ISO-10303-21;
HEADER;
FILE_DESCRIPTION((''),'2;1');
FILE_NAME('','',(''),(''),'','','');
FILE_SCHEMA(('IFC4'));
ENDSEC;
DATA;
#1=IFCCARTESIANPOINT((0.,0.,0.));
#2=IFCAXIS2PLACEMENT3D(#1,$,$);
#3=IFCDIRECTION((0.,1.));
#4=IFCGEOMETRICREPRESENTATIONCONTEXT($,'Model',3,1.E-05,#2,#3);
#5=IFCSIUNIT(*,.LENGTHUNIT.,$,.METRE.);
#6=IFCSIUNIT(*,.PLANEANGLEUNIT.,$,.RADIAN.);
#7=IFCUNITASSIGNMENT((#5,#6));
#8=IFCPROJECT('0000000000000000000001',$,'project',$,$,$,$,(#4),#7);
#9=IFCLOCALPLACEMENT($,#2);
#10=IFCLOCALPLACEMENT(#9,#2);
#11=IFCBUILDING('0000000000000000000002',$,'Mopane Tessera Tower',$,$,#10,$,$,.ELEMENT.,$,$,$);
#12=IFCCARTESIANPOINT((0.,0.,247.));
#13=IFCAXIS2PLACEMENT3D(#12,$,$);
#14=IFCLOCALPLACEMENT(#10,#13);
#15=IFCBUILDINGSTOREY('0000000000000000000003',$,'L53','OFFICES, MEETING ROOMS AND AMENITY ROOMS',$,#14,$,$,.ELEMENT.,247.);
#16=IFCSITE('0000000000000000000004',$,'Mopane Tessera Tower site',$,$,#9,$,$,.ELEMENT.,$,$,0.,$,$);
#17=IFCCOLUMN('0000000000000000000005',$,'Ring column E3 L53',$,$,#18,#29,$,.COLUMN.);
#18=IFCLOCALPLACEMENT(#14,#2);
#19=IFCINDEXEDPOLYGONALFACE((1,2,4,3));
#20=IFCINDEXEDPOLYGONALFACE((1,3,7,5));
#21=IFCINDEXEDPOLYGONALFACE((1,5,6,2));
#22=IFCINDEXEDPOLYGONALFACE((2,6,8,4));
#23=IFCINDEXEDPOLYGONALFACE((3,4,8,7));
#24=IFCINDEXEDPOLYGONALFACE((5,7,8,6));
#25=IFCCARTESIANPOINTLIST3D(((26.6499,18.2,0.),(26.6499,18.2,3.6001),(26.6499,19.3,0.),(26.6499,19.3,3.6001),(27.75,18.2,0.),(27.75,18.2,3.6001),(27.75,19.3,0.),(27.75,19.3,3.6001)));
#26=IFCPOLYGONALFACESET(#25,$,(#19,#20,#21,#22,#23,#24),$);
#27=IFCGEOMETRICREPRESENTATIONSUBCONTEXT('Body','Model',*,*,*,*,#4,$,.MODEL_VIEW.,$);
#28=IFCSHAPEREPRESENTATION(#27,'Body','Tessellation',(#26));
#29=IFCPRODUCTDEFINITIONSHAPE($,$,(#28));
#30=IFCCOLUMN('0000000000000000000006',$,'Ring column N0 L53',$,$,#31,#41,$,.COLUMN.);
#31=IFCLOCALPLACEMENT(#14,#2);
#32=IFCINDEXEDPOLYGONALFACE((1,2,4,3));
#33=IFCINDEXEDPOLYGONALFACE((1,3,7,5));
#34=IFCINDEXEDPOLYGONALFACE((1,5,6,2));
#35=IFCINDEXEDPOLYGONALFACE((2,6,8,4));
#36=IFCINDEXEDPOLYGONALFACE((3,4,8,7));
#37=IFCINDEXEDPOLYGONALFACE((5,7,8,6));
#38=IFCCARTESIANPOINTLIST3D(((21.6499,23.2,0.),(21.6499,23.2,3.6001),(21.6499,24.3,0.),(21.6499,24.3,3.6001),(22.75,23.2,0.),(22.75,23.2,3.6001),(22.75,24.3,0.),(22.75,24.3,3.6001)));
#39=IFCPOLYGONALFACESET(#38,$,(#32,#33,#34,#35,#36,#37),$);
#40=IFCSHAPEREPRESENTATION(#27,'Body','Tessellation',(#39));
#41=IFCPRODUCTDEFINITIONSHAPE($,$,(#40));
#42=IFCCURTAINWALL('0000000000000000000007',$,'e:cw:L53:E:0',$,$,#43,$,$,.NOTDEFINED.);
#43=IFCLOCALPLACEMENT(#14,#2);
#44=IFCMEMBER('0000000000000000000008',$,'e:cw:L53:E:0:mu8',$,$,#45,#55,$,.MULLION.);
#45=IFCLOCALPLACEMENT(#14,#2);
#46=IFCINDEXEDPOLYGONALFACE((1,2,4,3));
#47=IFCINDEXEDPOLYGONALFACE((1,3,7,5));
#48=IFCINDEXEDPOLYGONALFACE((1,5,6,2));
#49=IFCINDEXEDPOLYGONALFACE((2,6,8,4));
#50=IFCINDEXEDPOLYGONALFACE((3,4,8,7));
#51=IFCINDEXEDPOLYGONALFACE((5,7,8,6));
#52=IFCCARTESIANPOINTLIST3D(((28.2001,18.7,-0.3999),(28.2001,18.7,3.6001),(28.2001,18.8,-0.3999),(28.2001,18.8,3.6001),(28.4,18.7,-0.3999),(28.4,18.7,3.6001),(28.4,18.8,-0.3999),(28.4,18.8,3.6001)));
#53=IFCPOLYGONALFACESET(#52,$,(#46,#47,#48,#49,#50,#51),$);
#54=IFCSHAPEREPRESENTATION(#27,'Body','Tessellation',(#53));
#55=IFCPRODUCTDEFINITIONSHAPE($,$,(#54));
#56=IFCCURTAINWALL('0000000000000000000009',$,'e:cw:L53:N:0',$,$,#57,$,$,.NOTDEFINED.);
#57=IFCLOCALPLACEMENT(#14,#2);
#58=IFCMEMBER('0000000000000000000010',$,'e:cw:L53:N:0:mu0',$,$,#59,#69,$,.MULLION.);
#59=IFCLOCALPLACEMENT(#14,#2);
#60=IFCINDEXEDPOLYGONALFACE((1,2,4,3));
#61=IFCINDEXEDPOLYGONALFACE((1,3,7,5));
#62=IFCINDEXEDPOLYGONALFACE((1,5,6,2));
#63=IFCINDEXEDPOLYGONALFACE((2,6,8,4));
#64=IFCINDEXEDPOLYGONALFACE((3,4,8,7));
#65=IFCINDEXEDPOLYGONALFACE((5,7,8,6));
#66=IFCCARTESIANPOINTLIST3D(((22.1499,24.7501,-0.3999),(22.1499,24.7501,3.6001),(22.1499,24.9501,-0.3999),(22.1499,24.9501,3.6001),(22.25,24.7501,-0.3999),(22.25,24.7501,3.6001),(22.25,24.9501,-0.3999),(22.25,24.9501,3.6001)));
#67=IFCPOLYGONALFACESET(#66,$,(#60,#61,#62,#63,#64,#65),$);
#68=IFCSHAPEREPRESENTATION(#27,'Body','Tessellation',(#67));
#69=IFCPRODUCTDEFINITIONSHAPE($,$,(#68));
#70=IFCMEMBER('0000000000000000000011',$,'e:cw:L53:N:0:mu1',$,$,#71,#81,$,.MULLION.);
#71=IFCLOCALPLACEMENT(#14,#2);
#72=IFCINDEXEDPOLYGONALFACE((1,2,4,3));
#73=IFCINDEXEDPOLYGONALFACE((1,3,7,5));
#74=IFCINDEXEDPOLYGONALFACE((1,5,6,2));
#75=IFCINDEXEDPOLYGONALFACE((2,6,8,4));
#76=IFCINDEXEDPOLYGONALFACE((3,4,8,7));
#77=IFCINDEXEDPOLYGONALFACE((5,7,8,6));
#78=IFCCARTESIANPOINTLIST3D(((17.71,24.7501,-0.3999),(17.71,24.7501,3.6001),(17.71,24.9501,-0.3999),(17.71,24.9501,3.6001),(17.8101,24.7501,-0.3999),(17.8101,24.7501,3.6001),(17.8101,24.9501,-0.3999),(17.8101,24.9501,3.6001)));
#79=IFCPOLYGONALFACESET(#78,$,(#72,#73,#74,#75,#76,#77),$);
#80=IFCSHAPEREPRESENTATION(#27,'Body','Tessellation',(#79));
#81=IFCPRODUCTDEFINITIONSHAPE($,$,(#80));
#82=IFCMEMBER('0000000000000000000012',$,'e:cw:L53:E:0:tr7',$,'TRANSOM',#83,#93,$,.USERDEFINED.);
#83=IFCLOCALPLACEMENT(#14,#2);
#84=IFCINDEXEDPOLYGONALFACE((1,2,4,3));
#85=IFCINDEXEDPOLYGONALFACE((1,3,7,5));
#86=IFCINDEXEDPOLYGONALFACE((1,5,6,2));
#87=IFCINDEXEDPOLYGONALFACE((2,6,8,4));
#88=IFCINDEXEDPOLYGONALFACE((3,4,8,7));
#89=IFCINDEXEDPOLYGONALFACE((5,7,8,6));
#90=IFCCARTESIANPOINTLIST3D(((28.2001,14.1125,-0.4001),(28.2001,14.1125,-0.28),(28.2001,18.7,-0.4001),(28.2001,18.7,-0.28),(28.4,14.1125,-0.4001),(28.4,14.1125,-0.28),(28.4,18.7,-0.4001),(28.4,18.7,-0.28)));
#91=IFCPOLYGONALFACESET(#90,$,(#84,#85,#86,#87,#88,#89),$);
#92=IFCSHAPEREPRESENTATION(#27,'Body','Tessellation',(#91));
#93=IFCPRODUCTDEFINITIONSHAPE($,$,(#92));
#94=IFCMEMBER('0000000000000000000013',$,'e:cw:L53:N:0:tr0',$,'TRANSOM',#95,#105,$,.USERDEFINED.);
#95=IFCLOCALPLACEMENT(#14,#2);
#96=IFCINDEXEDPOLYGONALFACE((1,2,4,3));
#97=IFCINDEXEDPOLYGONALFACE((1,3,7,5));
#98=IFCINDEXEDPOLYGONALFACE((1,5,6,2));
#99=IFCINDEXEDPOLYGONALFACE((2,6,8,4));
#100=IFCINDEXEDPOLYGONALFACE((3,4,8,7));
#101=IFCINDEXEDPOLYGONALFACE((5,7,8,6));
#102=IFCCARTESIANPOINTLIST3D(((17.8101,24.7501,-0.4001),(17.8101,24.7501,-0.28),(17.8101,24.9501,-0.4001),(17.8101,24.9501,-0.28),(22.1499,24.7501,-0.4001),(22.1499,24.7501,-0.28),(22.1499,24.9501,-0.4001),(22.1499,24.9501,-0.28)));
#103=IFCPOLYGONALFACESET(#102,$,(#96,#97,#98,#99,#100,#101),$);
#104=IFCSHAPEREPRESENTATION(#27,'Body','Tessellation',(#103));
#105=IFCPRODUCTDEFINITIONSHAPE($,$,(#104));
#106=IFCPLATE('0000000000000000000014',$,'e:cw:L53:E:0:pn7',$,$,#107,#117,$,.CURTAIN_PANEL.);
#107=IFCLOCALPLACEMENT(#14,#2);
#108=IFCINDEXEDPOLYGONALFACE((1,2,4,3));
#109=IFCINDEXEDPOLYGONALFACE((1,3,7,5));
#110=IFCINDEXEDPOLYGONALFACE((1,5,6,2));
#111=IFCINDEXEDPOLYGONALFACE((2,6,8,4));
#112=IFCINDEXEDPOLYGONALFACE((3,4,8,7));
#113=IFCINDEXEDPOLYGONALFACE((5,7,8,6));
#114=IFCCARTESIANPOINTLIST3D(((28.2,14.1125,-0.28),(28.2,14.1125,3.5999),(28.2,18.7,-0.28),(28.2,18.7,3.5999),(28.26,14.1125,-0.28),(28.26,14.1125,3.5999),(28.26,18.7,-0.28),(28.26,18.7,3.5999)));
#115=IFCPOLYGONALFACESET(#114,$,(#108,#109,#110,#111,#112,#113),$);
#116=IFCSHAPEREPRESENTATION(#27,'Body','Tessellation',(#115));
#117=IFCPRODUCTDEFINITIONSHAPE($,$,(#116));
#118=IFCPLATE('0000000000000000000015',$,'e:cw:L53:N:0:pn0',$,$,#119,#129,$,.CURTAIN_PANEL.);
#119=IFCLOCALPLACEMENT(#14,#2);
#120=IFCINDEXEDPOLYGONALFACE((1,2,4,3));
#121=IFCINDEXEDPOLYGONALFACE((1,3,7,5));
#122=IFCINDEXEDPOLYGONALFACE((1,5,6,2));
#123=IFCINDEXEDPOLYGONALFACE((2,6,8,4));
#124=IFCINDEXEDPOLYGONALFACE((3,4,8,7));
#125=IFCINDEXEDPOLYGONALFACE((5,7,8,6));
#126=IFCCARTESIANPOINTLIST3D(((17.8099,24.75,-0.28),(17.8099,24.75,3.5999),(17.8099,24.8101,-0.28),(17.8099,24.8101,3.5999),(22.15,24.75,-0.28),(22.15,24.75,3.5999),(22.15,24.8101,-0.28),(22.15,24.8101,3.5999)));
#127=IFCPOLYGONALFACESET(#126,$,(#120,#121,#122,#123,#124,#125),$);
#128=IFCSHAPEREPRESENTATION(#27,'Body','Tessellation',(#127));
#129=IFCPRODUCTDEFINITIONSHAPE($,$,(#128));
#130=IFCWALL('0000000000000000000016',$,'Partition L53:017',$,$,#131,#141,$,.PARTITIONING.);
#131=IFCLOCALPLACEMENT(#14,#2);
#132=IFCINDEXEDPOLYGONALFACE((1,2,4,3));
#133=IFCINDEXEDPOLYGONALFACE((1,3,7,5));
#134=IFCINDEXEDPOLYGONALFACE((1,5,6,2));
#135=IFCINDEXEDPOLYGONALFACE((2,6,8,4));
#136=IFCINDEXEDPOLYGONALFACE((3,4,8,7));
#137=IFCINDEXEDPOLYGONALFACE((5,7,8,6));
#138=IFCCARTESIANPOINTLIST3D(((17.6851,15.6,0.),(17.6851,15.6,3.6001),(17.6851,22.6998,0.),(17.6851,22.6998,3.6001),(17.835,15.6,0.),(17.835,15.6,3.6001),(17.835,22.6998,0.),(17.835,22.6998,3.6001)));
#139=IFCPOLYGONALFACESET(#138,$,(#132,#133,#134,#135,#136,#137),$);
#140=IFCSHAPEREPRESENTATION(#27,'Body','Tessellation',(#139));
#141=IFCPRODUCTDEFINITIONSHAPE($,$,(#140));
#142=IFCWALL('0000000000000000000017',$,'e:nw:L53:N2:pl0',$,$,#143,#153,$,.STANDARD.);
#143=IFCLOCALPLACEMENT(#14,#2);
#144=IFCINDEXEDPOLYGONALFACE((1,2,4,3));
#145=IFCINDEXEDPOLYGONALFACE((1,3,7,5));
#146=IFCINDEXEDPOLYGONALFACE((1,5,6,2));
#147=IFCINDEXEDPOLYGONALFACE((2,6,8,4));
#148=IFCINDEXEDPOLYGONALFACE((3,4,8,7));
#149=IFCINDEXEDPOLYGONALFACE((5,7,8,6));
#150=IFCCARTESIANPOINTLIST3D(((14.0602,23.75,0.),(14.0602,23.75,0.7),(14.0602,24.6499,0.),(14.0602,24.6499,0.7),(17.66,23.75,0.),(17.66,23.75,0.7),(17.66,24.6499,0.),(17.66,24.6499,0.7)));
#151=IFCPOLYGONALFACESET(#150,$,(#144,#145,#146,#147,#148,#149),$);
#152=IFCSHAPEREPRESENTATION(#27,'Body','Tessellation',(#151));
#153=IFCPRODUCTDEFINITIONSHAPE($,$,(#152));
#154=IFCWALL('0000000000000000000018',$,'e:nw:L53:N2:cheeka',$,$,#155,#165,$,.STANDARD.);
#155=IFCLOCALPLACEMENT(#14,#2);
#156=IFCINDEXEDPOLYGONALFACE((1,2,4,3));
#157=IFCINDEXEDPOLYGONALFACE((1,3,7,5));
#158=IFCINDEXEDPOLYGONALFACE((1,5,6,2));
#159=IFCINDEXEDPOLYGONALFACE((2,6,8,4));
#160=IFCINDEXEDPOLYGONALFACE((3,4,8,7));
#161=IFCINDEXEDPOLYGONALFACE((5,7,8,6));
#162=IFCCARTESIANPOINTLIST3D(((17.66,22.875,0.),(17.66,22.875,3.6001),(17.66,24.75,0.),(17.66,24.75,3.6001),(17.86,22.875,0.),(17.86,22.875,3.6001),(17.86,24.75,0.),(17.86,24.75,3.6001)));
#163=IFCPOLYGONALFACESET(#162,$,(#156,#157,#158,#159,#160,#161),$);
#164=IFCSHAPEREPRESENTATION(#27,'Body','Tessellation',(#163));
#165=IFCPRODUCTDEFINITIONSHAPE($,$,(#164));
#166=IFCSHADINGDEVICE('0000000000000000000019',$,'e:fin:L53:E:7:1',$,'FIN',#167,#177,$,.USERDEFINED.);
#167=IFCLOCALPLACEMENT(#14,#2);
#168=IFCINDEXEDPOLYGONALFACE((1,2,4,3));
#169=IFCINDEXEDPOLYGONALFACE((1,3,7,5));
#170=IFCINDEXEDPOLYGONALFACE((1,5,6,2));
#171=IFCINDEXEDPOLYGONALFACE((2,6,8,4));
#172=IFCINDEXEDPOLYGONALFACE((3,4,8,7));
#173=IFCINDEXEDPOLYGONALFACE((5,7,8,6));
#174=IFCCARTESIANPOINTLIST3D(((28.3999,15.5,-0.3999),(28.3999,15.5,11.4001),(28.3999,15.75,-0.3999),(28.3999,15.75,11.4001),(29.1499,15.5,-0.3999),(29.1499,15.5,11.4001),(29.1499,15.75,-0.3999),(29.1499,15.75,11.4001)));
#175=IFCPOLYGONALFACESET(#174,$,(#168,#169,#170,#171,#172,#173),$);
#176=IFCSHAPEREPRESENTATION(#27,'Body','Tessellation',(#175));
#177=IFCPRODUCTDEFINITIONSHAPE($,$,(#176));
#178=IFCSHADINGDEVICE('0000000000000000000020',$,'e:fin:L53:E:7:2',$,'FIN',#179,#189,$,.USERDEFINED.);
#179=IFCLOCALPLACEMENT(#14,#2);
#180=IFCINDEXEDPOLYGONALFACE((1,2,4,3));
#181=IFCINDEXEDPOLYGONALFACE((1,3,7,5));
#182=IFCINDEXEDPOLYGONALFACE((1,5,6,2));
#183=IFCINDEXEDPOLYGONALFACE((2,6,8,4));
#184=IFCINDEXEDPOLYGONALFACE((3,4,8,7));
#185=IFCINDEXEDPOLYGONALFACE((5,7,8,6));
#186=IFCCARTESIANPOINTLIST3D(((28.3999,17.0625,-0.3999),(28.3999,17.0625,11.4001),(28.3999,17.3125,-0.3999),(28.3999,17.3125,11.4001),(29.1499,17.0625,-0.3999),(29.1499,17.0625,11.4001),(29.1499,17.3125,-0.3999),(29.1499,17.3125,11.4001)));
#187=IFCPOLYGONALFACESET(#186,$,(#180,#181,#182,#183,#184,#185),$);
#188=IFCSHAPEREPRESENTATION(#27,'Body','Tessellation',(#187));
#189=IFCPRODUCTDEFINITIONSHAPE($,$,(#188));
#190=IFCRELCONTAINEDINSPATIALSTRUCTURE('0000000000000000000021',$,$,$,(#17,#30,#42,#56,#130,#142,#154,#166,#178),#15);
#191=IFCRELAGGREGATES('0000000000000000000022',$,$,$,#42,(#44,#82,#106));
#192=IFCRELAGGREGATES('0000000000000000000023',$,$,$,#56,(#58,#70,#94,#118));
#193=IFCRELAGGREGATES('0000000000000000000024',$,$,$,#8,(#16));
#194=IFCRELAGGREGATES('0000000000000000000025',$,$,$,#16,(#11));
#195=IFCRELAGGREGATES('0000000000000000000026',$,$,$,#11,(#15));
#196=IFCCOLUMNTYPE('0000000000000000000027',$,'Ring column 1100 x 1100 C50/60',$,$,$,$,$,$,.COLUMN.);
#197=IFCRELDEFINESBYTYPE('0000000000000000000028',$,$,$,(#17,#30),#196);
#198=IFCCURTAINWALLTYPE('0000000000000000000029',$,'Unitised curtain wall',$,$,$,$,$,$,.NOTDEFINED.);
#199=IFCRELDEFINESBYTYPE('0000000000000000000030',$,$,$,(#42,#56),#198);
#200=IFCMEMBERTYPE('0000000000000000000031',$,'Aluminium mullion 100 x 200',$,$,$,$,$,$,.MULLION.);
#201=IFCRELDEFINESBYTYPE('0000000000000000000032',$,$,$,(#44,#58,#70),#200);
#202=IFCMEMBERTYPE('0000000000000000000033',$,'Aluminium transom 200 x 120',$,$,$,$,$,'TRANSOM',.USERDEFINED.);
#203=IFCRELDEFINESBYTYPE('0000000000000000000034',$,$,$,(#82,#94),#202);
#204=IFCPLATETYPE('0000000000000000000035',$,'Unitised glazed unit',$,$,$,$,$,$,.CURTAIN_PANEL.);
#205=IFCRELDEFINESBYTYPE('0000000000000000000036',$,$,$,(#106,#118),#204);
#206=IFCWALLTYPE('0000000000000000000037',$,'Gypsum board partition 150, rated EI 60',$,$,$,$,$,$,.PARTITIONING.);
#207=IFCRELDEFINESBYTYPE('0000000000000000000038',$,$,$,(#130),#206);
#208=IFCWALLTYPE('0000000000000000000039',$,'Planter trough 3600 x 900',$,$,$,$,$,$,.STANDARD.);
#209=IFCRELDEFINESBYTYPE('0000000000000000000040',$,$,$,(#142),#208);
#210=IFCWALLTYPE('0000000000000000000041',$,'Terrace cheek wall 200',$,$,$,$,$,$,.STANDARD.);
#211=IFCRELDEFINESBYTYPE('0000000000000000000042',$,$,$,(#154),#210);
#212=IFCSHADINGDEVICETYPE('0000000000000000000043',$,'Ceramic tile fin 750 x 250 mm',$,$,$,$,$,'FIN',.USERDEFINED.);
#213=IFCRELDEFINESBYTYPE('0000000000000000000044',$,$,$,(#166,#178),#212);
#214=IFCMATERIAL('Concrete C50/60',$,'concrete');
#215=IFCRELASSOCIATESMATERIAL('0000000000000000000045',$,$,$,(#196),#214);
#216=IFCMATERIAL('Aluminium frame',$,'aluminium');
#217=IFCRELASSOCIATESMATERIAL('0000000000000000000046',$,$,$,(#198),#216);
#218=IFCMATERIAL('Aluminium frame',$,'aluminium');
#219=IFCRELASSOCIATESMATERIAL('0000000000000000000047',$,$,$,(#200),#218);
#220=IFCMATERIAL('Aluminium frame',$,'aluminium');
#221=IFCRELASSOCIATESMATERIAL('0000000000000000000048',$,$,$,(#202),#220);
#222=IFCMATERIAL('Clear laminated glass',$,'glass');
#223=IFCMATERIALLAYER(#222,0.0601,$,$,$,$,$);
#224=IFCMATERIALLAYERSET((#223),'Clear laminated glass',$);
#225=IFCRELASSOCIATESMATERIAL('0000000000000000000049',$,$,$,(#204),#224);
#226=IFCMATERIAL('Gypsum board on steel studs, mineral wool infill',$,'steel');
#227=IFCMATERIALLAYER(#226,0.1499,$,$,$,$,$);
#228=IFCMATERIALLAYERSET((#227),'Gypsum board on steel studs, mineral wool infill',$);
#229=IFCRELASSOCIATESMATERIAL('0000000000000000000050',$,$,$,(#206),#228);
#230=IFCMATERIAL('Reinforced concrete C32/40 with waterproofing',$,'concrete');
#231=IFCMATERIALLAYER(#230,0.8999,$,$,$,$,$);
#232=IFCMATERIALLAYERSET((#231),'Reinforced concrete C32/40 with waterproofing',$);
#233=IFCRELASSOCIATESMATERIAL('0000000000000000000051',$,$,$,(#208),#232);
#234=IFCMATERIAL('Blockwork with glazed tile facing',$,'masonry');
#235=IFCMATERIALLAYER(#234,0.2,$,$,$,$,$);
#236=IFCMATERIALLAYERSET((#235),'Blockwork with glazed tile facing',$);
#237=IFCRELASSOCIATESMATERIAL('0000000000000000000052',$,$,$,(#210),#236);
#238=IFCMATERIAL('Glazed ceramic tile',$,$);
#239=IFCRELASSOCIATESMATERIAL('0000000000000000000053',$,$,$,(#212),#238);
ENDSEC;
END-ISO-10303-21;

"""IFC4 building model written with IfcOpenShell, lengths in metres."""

from ifc_helpers import new_model, si_unit, direction, frame, frame_2d, origin, origin_2d, place, context, subcontext, project, spatial, rectangle, extrude, material, layer, layer_set, material_profile, profile_set, type_object, element, aggregate, save


model = new_model("IFC4")

# Units and contexts
model_context = context("Model", 3, precision=1e-05, world=origin(), true_north=direction((0.0, 1.0)))
body_context = subcontext(model_context, "Body", "Model", "MODEL_VIEW")
ifc_project = project(units=[si_unit("LENGTHUNIT", "METRE"), si_unit("PLANEANGLEUNIT", "RADIAN")], contexts=[model_context])

# Site, building, storey
site_placement = place(None, origin())
site = spatial("IfcSite", under=ifc_project, at=site_placement, Name="Mopane Tessera Tower site", CompositionType="ELEMENT", RefElevation=0.0)
building_placement = place(site_placement, origin())
building = spatial("IfcBuilding", under=site, at=building_placement, Name="Mopane Tessera Tower", CompositionType="ELEMENT")
storey_placement = place(building_placement, frame((0.0, 0.0, 247.0)))
storey = spatial("IfcBuildingStorey", under=building, at=storey_placement, Name="L53", Description="OFFICES, MEETING ROOMS AND AMENITY ROOMS", CompositionType="ELEMENT", Elevation=247.0)

# Columns
ifc_material_1 = material(Name="Concrete C50/60", Category="concrete")
ifc_material_profile_1 = material_profile(ifc_material_1, rectangle(XDim=1.1001, YDim=1.1001, at=origin_2d()))
ifc_profile_set_1 = profile_set([ifc_material_profile_1], Name="Concrete C50/60")
column_type = type_object("IfcColumnType", Name="Ring column 1100 x 1100 C50/60", PredefinedType="COLUMN", material=ifc_profile_set_1)
for number, where, z_axis, x_axis, name in (
    (1, (27.2, 18.75, 0.0), (0.0, 0.0, 1.0), (1.0, 0.0, 0.0), "Ring column E3 L53"),
    (2, (22.2, 23.75, 0.0), (0.0, 0.0, 1.0), (1.0, 0.0, 0.0), "Ring column N0 L53"),
):
    element("IfcColumn", number, at=place(storey_placement, frame(where, z_axis=z_axis, x_axis=x_axis)), inside=storey, type_object=column_type, Name=name, PredefinedType="COLUMN", context=body_context, shape_type="SweptSolid", body=[
        extrude(rectangle(XDim=1.1001, YDim=1.1001, at=origin_2d()), origin(), (0.0, 0.0, 1.0), 3.6001),
    ])

# Curtain wall, member
ifc_material_2 = material(Name="Aluminium frame", Category="aluminium")
curtain_wall_type = type_object("IfcCurtainWallType", Name="Unitised curtain wall", PredefinedType="NOTDEFINED", material=ifc_material_2)
curtain_wall_1_placement = place(storey_placement, origin())
curtain_wall_1 = element("IfcCurtainWall", 3, at=curtain_wall_1_placement, inside=storey, type_object=curtain_wall_type, Name="e:cw:L53:E:0", PredefinedType="NOTDEFINED")
ifc_material_3 = material(Name="Aluminium frame", Category="aluminium")
ifc_material_profile_2 = material_profile(ifc_material_3, rectangle(XDim=0.1001, YDim=0.2, at=origin_2d()))
ifc_profile_set_2 = profile_set([ifc_material_profile_2], Name="Aluminium frame")
member_type_1 = type_object("IfcMemberType", Name="Aluminium mullion 100 x 200", PredefinedType="MULLION", material=ifc_profile_set_2)
member_1_placement = place(storey_placement, frame((28.3, 18.75, -0.3999), z_axis=(0.0, 0.0, 1.0), x_axis=(0.0, 1.0, 0.0)))
member_1 = element("IfcMember", 4, at=member_1_placement, type_object=member_type_1, Name="e:cw:L53:E:0:mu8", PredefinedType="MULLION", context=body_context, shape_type="SweptSolid", body=[
    extrude(rectangle(XDim=0.1001, YDim=0.2, at=origin_2d()), origin(), (0.0, 0.0, 1.0), 4.0),
])

# Curtain wall, members
curtain_wall_2_placement = place(storey_placement, origin())
curtain_wall_2 = element("IfcCurtainWall", 5, at=curtain_wall_2_placement, inside=storey, type_object=curtain_wall_type, Name="e:cw:L53:N:0", PredefinedType="NOTDEFINED")
member_2_placement = place(storey_placement, frame((22.2, 24.8501, -0.3999), z_axis=(0.0, 0.0, 1.0), x_axis=(-1.0, 0.0, 0.0)))
member_2 = element("IfcMember", 6, at=member_2_placement, type_object=member_type_1, Name="e:cw:L53:N:0:mu0", PredefinedType="MULLION", context=body_context, shape_type="SweptSolid", body=[
    extrude(rectangle(XDim=0.1001, YDim=0.2, at=origin_2d()), origin(), (0.0, 0.0, 1.0), 4.0),
])
member_3_placement = place(storey_placement, frame((17.76, 24.8501, -0.3999), z_axis=(0.0, 0.0, 1.0), x_axis=(-1.0, 0.0, 0.0)))
member_3 = element("IfcMember", 7, at=member_3_placement, type_object=member_type_1, Name="e:cw:L53:N:0:mu1", PredefinedType="MULLION", context=body_context, shape_type="SweptSolid", body=[
    extrude(rectangle(XDim=0.1001, YDim=0.2, at=origin_2d()), origin(), (0.0, 0.0, 1.0), 4.0),
])

# Members
ifc_material_4 = material(Name="Aluminium frame", Category="aluminium")
ifc_material_profile_3 = material_profile(ifc_material_4, rectangle(XDim=0.2, YDim=0.1201, at=origin_2d()))
ifc_profile_set_3 = profile_set([ifc_material_profile_3], Name="Aluminium frame")
member_type_2 = type_object("IfcMemberType", Name="Aluminium transom 200 x 120", ElementType="TRANSOM", PredefinedType="USERDEFINED", material=ifc_profile_set_3)
member_4_placement = place(storey_placement, frame((28.3, 14.1125, -0.3401), z_axis=(0.0, 1.0, 0.0), x_axis=(-1.0, 0.0, 0.0)))
member_4 = element("IfcMember", 8, at=member_4_placement, type_object=member_type_2, Name="e:cw:L53:E:0:tr7", ObjectType="TRANSOM", PredefinedType="USERDEFINED", context=body_context, shape_type="SweptSolid", body=[
    extrude(rectangle(XDim=0.2, YDim=0.1201, at=origin_2d()), origin(), (0.0, 0.0, 1.0), 4.5874),
])
member_5_placement = place(storey_placement, frame((22.1499, 24.8501, -0.3401), z_axis=(-1.0, 0.0, 0.0), x_axis=(0.0, -1.0, 0.0)))
member_5 = element("IfcMember", 9, at=member_5_placement, type_object=member_type_2, Name="e:cw:L53:N:0:tr0", ObjectType="TRANSOM", PredefinedType="USERDEFINED", context=body_context, shape_type="SweptSolid", body=[
    extrude(rectangle(XDim=0.2, YDim=0.1201, at=origin_2d()), origin(), (0.0, 0.0, 1.0), 4.3398),
])

# Plates
ifc_material_5 = material(Name="Clear laminated glass", Category="glass")
ifc_layer_1 = layer(ifc_material_5, 0.0601)
ifc_layer_set_1 = layer_set([ifc_layer_1], Name="Clear laminated glass")
plate_type = type_object("IfcPlateType", Name="Unitised glazed unit", PredefinedType="CURTAIN_PANEL", material=ifc_layer_set_1)
plate_1_placement = place(storey_placement, frame((28.23, 16.4062, -0.28), z_axis=(0.0, 0.0, 1.0), x_axis=(0.0, 1.0, 0.0)))
plate_1 = element("IfcPlate", 10, at=plate_1_placement, type_object=plate_type, Name="e:cw:L53:E:0:pn7", PredefinedType="CURTAIN_PANEL", context=body_context, shape_type="SweptSolid", body=[
    extrude(rectangle(XDim=4.5874, YDim=0.0601, at=origin_2d()), origin(), (0.0, 0.0, 1.0), 3.8799),
])
aggregate(curtain_wall_1, [member_1, member_4, plate_1])
plate_2_placement = place(storey_placement, frame((19.98, 24.78, -0.28), z_axis=(0.0, 0.0, 1.0), x_axis=(-1.0, 0.0, 0.0)))
plate_2 = element("IfcPlate", 11, at=plate_2_placement, type_object=plate_type, Name="e:cw:L53:N:0:pn0", PredefinedType="CURTAIN_PANEL", context=body_context, shape_type="SweptSolid", body=[
    extrude(rectangle(XDim=4.3401, YDim=0.0601, at=origin_2d()), origin(), (0.0, 0.0, 1.0), 3.8799),
])
aggregate(curtain_wall_2, [member_2, member_3, member_5, plate_2])

# Walls
ifc_material_6 = material(Name="Gypsum board on steel studs, mineral wool infill", Category="steel")
ifc_layer_2 = layer(ifc_material_6, 0.1499)
ifc_layer_set_2 = layer_set([ifc_layer_2], Name="Gypsum board on steel studs, mineral wool infill")
wall_type_1 = type_object("IfcWallType", Name="Gypsum board partition 150, rated EI 60", PredefinedType="PARTITIONING", material=ifc_layer_set_2)
wall_1_placement = place(storey_placement, frame((17.76, 15.6001, 0.0), z_axis=(0.0, 0.0, 1.0), x_axis=(0.0, 1.0, 0.0)))
element("IfcWall", 12, at=wall_1_placement, inside=storey, type_object=wall_type_1, Name="Partition L53:017", PredefinedType="PARTITIONING", context=body_context, shape_type="SweptSolid", body=[
    extrude(rectangle(XDim=7.0999, YDim=0.1499, at=frame_2d((3.5498, 0.0))), origin(), (0.0, 0.0, 1.0), 3.6001),
])
ifc_material_7 = material(Name="Reinforced concrete C32/40 with waterproofing", Category="concrete")
ifc_layer_3 = layer(ifc_material_7, 0.8999)
ifc_layer_set_3 = layer_set([ifc_layer_3], Name="Reinforced concrete C32/40 with waterproofing")
wall_type_2 = type_object("IfcWallType", Name="Planter trough 3600 x 900", PredefinedType="STANDARD", material=ifc_layer_set_3)
wall_2_placement = place(storey_placement, frame((17.6599, 24.2, 0.0), z_axis=(0.0, 0.0, 1.0), x_axis=(-1.0, 0.0, 0.0)))
element("IfcWall", 13, at=wall_2_placement, inside=storey, type_object=wall_type_2, Name="e:nw:L53:N2:pl0", PredefinedType="STANDARD", context=body_context, shape_type="SweptSolid", body=[
    extrude(rectangle(XDim=3.5999, YDim=0.8999, at=frame_2d((1.7998, 0.0))), origin(), (0.0, 0.0, 1.0), 0.7),
])
ifc_material_8 = material(Name="Blockwork with glazed tile facing", Category="masonry")
ifc_layer_4 = layer(ifc_material_8, 0.2)
ifc_layer_set_4 = layer_set([ifc_layer_4], Name="Blockwork with glazed tile facing")
wall_type_3 = type_object("IfcWallType", Name="Terrace cheek wall 200", PredefinedType="STANDARD", material=ifc_layer_set_4)
wall_3_placement = place(storey_placement, frame((17.76, 24.75, 0.0), z_axis=(0.0, 0.0, 1.0), x_axis=(0.0, -1.0, 0.0)))
element("IfcWall", 14, at=wall_3_placement, inside=storey, type_object=wall_type_3, Name="e:nw:L53:N2:cheeka", PredefinedType="STANDARD", context=body_context, shape_type="SweptSolid", body=[
    extrude(rectangle(XDim=1.875, YDim=0.2, at=frame_2d((0.9375, 0.0))), origin(), (0.0, 0.0, 1.0), 3.6001),
])

# Shading devices
ifc_material_9 = material(Name="Glazed ceramic tile")
shading_device_type = type_object("IfcShadingDeviceType", Name="Ceramic tile fin 750 x 250 mm", ElementType="FIN", PredefinedType="USERDEFINED", material=ifc_material_9)
for number, where, z_axis, x_axis, name in (
    (15, (28.7749, 15.625, -0.3999), (0.0, 0.0, 1.0), (0.0, 1.0, 0.0), "e:fin:L53:E:7:1"),
    (16, (28.7749, 17.1875, -0.3999), (0.0, 0.0, 1.0), (0.0, 1.0, 0.0), "e:fin:L53:E:7:2"),
):
    element("IfcShadingDevice", number, at=place(storey_placement, frame(where, z_axis=z_axis, x_axis=x_axis)), inside=storey, type_object=shading_device_type, Name=name, ObjectType="FIN", PredefinedType="USERDEFINED", context=body_context, shape_type="SweptSolid", body=[
        extrude(rectangle(XDim=0.25, YDim=0.75, at=origin_2d()), origin(), (0.0, 0.0, 1.0), 11.8),
    ])

save(model, "model.ifc")
